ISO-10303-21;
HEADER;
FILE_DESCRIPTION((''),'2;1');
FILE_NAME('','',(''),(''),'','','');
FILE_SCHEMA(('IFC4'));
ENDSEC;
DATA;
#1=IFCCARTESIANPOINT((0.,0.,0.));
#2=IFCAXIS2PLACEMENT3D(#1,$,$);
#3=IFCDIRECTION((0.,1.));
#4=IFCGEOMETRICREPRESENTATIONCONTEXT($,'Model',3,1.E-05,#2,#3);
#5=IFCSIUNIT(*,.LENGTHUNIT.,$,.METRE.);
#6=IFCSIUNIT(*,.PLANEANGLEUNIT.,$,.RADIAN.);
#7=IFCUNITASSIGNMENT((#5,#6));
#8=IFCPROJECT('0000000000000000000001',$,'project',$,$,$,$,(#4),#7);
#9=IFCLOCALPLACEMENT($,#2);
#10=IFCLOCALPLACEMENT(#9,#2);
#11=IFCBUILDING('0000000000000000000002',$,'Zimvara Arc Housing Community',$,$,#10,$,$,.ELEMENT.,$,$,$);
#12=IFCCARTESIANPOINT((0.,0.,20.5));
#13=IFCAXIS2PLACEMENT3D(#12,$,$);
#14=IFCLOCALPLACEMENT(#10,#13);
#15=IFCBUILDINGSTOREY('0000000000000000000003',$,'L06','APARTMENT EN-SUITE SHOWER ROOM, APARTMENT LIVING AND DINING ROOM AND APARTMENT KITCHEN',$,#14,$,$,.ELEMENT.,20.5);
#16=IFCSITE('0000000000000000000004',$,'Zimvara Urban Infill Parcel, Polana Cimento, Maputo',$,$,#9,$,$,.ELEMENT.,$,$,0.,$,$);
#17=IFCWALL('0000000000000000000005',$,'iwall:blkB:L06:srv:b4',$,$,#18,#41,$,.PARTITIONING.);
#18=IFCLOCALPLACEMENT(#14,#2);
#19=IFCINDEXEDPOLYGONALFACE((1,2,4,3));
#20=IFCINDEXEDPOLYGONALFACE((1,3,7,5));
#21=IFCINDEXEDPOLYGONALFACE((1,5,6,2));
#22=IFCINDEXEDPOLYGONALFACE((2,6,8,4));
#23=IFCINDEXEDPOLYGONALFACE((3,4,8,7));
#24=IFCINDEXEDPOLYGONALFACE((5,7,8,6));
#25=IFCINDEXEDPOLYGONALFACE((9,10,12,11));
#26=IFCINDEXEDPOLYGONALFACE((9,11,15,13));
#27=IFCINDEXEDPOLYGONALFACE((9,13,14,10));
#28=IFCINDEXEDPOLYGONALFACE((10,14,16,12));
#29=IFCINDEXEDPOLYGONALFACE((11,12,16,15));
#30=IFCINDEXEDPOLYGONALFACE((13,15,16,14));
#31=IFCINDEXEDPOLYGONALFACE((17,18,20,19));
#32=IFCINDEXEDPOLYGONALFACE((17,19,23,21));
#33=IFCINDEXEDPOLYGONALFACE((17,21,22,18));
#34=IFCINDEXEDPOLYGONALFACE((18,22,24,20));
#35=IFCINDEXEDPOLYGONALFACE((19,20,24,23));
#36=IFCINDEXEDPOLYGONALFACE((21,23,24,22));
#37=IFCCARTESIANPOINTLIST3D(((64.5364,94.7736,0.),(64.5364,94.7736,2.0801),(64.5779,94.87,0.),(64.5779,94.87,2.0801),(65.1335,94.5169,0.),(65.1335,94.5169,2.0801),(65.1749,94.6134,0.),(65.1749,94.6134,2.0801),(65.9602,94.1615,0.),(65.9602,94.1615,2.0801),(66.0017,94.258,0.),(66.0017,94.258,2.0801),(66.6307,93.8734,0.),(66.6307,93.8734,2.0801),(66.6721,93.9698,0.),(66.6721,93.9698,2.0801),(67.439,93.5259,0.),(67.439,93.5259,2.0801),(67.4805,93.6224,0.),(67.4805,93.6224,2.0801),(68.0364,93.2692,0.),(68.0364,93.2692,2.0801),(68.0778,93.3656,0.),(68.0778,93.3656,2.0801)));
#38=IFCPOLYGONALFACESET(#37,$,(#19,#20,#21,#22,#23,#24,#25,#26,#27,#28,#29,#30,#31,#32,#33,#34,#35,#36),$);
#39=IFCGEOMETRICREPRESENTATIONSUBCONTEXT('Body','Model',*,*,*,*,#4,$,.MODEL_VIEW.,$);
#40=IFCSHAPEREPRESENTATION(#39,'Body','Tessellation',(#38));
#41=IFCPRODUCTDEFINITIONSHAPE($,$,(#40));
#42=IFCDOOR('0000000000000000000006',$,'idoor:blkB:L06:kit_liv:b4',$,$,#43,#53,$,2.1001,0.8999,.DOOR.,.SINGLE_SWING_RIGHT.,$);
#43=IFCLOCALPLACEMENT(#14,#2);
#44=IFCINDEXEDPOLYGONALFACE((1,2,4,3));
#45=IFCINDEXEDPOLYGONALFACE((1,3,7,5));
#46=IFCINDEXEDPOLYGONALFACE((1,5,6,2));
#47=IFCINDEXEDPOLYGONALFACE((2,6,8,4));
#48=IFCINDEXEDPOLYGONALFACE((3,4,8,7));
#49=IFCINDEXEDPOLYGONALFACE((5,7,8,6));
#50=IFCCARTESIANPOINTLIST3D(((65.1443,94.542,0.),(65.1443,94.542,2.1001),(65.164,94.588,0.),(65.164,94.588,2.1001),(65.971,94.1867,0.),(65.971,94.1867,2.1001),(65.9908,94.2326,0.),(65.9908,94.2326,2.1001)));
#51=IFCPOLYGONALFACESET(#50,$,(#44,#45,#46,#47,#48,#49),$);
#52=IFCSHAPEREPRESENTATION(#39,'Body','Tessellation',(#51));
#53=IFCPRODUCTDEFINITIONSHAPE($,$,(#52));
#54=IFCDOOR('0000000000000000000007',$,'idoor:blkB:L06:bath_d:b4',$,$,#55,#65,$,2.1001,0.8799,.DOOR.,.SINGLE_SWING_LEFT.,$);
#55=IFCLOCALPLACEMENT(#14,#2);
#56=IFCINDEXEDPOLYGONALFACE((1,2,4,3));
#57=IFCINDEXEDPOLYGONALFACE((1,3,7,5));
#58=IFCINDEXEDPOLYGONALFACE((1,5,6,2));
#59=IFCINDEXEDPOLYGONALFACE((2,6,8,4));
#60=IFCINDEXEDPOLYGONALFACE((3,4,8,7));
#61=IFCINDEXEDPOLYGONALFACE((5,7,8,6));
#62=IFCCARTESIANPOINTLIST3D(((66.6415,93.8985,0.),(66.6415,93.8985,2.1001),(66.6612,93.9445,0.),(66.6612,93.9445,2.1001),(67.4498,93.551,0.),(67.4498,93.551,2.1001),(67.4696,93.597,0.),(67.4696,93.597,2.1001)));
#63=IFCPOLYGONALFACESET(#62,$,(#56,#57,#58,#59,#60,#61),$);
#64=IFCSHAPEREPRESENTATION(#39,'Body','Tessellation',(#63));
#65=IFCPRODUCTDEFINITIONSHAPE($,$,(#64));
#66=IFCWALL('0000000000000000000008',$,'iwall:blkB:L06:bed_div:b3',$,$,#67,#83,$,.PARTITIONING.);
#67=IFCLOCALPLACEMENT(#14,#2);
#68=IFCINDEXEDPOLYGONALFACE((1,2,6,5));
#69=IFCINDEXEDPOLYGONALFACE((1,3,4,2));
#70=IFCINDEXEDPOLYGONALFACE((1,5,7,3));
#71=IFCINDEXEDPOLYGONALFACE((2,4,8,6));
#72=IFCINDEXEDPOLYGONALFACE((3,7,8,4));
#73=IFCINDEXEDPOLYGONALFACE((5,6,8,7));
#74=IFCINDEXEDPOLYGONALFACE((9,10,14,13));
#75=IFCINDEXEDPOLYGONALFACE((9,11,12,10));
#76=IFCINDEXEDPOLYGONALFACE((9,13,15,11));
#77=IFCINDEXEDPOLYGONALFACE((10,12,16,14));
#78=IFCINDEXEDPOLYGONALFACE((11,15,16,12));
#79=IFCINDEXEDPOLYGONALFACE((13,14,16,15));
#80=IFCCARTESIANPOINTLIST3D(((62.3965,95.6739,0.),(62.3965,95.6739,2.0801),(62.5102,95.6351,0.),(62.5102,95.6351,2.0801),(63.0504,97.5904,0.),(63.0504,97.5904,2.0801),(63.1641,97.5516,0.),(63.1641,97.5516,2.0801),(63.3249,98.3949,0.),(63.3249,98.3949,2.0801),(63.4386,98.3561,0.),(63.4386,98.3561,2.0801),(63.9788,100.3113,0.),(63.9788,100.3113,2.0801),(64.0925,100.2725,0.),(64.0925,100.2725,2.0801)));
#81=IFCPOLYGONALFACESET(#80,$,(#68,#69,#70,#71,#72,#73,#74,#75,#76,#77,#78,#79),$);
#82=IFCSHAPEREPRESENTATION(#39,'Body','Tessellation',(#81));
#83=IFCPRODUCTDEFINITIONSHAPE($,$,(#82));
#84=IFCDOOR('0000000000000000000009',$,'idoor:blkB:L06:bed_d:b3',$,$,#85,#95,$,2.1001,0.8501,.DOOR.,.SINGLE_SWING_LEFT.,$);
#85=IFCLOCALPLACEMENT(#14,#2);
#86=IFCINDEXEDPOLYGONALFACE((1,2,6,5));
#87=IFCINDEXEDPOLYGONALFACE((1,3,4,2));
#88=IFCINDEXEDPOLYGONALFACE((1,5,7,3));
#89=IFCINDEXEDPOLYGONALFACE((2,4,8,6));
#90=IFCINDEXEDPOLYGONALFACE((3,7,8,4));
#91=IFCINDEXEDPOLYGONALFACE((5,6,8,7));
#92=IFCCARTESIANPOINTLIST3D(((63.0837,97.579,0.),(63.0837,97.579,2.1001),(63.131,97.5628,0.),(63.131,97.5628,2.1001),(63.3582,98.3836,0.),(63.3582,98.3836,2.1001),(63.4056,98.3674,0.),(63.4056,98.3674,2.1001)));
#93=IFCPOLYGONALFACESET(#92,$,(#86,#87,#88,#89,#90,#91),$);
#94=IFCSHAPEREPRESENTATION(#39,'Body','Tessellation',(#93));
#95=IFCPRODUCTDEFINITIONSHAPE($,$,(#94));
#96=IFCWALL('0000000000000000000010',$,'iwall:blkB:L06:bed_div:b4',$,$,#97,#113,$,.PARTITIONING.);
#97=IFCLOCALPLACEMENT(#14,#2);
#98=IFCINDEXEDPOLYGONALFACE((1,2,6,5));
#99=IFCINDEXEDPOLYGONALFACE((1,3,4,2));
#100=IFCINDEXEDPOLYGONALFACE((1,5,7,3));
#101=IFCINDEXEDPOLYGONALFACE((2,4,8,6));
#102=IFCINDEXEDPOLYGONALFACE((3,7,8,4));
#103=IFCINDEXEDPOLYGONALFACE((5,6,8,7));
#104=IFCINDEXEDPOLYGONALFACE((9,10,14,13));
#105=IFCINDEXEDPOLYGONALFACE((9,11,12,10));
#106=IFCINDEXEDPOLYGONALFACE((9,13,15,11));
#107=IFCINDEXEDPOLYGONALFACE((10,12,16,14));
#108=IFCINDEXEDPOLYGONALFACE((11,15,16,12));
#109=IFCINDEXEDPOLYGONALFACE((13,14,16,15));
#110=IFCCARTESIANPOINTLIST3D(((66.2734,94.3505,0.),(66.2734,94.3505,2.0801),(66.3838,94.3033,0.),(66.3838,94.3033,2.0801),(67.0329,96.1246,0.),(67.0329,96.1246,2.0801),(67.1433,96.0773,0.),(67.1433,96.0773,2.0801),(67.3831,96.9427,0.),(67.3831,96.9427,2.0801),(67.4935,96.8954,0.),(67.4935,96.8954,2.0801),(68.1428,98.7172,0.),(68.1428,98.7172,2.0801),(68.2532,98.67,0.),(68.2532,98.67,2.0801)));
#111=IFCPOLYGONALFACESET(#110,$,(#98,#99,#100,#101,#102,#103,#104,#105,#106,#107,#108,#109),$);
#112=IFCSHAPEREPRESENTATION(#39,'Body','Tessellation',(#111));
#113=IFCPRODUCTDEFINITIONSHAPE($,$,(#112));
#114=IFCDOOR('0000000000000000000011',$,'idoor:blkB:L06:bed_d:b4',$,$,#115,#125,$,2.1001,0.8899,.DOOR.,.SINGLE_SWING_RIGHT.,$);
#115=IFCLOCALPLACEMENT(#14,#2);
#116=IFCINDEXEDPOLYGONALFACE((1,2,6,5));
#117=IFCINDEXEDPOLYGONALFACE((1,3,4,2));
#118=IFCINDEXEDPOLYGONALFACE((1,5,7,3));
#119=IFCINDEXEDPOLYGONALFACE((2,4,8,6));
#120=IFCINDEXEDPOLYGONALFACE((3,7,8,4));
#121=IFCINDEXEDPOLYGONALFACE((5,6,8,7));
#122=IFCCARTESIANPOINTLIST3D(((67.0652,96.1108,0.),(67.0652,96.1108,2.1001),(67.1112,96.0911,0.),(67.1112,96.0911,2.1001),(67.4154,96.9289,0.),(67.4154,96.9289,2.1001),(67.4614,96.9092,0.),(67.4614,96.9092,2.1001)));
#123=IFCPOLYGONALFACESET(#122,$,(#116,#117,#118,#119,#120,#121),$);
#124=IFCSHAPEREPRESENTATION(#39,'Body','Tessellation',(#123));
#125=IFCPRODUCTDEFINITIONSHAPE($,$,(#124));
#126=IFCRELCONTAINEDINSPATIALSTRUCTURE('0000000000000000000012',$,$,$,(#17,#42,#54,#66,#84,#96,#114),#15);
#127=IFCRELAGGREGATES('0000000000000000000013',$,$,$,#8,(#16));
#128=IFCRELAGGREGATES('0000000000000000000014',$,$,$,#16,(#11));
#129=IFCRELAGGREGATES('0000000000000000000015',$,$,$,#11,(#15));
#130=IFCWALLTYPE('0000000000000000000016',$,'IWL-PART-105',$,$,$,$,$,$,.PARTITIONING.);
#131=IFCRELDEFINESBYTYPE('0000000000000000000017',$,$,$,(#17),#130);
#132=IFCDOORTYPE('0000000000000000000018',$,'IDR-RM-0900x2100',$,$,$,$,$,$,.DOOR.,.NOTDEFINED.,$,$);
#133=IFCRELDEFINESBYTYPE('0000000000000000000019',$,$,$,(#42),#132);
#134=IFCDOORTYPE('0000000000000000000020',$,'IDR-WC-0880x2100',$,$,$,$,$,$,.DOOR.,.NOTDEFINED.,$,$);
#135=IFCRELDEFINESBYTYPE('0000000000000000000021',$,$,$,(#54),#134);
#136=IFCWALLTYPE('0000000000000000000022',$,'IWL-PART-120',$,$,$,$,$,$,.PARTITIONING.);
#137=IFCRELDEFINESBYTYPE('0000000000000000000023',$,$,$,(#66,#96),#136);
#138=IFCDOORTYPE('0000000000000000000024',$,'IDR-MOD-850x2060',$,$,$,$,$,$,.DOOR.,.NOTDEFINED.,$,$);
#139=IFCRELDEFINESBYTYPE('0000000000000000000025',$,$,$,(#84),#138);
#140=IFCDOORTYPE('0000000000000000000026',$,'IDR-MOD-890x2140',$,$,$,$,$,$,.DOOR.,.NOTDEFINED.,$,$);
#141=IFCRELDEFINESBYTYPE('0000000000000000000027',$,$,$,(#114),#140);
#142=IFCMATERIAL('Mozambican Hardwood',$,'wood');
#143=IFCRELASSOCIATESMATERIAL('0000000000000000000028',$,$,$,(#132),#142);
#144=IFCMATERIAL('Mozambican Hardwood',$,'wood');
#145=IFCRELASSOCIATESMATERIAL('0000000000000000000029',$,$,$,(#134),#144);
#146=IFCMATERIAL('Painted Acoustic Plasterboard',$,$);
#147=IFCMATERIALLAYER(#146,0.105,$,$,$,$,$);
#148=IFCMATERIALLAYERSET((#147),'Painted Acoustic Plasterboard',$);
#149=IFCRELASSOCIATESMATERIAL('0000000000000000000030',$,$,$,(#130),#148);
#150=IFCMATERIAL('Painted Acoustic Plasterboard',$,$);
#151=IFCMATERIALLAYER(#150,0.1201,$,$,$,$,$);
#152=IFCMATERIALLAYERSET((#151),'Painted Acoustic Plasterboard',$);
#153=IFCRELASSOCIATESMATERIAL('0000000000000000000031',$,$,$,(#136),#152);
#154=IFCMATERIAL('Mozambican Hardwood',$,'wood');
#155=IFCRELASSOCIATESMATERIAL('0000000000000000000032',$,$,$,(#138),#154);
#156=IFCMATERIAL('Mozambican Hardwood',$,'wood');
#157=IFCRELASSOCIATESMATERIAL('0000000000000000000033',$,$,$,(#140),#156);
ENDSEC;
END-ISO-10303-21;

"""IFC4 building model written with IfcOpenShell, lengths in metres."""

from ifc_helpers import new_model, si_unit, direction, frame, frame_2d, origin, place, context, subcontext, project, spatial, rectangle, extrude, material, layer, layer_set, type_object, element, fill, save


model = new_model("IFC4")

# Units and contexts
model_context = context("Model", 3, precision=1e-05, world=origin(), true_north=direction((0.0, 1.0)))
body_context = subcontext(model_context, "Body", "Model", "MODEL_VIEW")
ifc_project = project(units=[si_unit("LENGTHUNIT", "METRE"), si_unit("PLANEANGLEUNIT", "RADIAN")], contexts=[model_context])

# Site, building, storey
site_placement = place(None, origin())
site = spatial("IfcSite", under=ifc_project, at=site_placement, Name="Zimvara Urban Infill Parcel, Polana Cimento, Maputo", CompositionType="ELEMENT", RefElevation=0.0)
building_placement = place(site_placement, origin())
building = spatial("IfcBuilding", under=site, at=building_placement, Name="Zimvara Arc Housing Community", CompositionType="ELEMENT")
storey_placement = place(building_placement, frame((0.0, 0.0, 20.5)))
storey = spatial("IfcBuildingStorey", under=building, at=storey_placement, Name="L06", Description="APARTMENT EN-SUITE SHOWER ROOM, APARTMENT LIVING AND DINING ROOM AND APARTMENT KITCHEN", CompositionType="ELEMENT", Elevation=20.5)

# Wall, openings, doors
ifc_material_1 = material(Name="Mozambican Hardwood", Category="wood")
door_type_1 = type_object("IfcDoorType", Name="IDR-RM-0900x2100", OperationType="NOTDEFINED", PredefinedType="DOOR", material=ifc_material_1)
ifc_material_2 = material(Name="Mozambican Hardwood", Category="wood")
door_type_2 = type_object("IfcDoorType", Name="IDR-WC-0880x2100", OperationType="NOTDEFINED", PredefinedType="DOOR", material=ifc_material_2)
ifc_material_3 = material(Name="Painted Acoustic Plasterboard")
ifc_layer_1 = layer(ifc_material_3, 0.105)
ifc_layer_set_1 = layer_set([ifc_layer_1], Name="Painted Acoustic Plasterboard")
wall_type_1 = type_object("IfcWallType", Name="IWL-PART-105", PredefinedType="PARTITIONING", material=ifc_layer_set_1)
wall_1_placement = place(storey_placement, frame((64.5571, 94.8218, 0.0), z_axis=(0.0, 0.0, 1.0), x_axis=(0.918727, -0.394894, 0.0)))
wall_1 = element("IfcWall", 1, at=wall_1_placement, inside=storey, type_object=wall_type_1, Name="iwall:blkB:L06:srv:b4", PredefinedType="PARTITIONING", context=body_context, shape_type="SweptSolid", body=[
    extrude(rectangle(XDim=3.8096, YDim=0.105, at=frame_2d((1.9048, 0.0))), origin(), (0.0, 0.0, 1.0), 2.0801),
])
opening_1_placement = place(wall_1_placement, frame((0.6499, 0.0, 0.0)))
opening_1 = element("IfcOpeningElement", 2, at=opening_1_placement, cuts=wall_1, PredefinedType="OPENING", context=body_context, shape_type="SweptSolid", body=[
    extrude(rectangle(XDim=0.8999, YDim=2.1001, at=frame_2d((0.45, 1.05))), frame((0.0, 0.0625, 0.0), z_axis=(0.0, -1.0, 0.0), x_axis=(1.0, 0.0, 0.0)), (0.0, 0.0, 1.0), 0.125),
])
opening_2_placement = place(wall_1_placement, frame((2.2795, 0.0, 0.0)))
opening_2 = element("IfcOpeningElement", 3, at=opening_2_placement, cuts=wall_1, PredefinedType="OPENING", context=body_context, shape_type="SweptSolid", body=[
    extrude(rectangle(XDim=0.8799, YDim=2.1001, at=frame_2d((0.4399, 1.05))), frame((0.0, 0.0625, 0.0), z_axis=(0.0, -1.0, 0.0), x_axis=(1.0, 0.0, 0.0)), (0.0, 0.0, 1.0), 0.125),
])
door_1_placement = place(opening_1_placement, origin())
door_1 = element("IfcDoor", 4, at=door_1_placement, inside=storey, type_object=door_type_1, Name="idoor:blkB:L06:kit_liv:b4", OperationType="SINGLE_SWING_RIGHT", OverallHeight=2.1001, OverallWidth=0.8999, PredefinedType="DOOR", context=body_context, shape_type="SweptSolid", body=[
    extrude(rectangle(XDim=0.8999, YDim=2.1001, at=frame_2d((0.45, 1.05))), frame((0.0, 0.0249, 0.0), z_axis=(0.0, -1.0, 0.0), x_axis=(1.0, 0.0, 0.0)), (0.0, 0.0, 1.0), 0.05),
])
fill(opening_1, door_1)
door_2_placement = place(opening_2_placement, origin())
door_2 = element("IfcDoor", 5, at=door_2_placement, inside=storey, type_object=door_type_2, Name="idoor:blkB:L06:bath_d:b4", OperationType="SINGLE_SWING_LEFT", OverallHeight=2.1001, OverallWidth=0.8799, PredefinedType="DOOR", context=body_context, shape_type="SweptSolid", body=[
    extrude(rectangle(XDim=0.8799, YDim=2.1001, at=frame_2d((0.4399, 1.05))), frame((0.0, 0.0249, 0.0), z_axis=(0.0, -1.0, 0.0), x_axis=(1.0, 0.0, 0.0)), (0.0, 0.0, 1.0), 0.05),
])
fill(opening_2, door_2)

# Walls, openings, doors
ifc_material_4 = material(Name="Painted Acoustic Plasterboard")
ifc_layer_2 = layer(ifc_material_4, 0.1201)
ifc_layer_set_2 = layer_set([ifc_layer_2], Name="Painted Acoustic Plasterboard")
wall_type_2 = type_object("IfcWallType", Name="IWL-PART-120", PredefinedType="PARTITIONING", material=ifc_layer_set_2)
wall_2_placement = place(storey_placement, frame((62.4534, 95.6545, 0.0), z_axis=(0.0, 0.0, 1.0), x_axis=(0.322916, 0.946427, 0.0)))
wall_2 = element("IfcWall", 6, at=wall_2_placement, inside=storey, type_object=wall_type_2, Name="iwall:blkB:L06:bed_div:b3", PredefinedType="PARTITIONING", context=body_context, shape_type="SweptSolid", body=[
    extrude(rectangle(XDim=4.8999, YDim=0.1201, at=frame_2d((2.45, 0.0))), origin(), (0.0, 0.0, 1.0), 2.0801),
])
opening_3_placement = place(wall_2_placement, frame((2.0249, 0.0, 0.0)))
opening_3 = element("IfcOpeningElement", 7, at=opening_3_placement, cuts=wall_2, PredefinedType="OPENING", context=body_context, shape_type="SweptSolid", body=[
    extrude(rectangle(XDim=0.8501, YDim=2.1001, at=frame_2d((0.425, 1.05))), frame((0.0, 0.0701, 0.0), z_axis=(0.0, -1.0, 0.0), x_axis=(1.0, 0.0, 0.0)), (0.0, 0.0, 1.0), 0.1401),
])
ifc_material_5 = material(Name="Mozambican Hardwood", Category="wood")
door_type_3 = type_object("IfcDoorType", Name="IDR-MOD-850x2060", OperationType="NOTDEFINED", PredefinedType="DOOR", material=ifc_material_5)
door_3_placement = place(opening_3_placement, origin())
door_3 = element("IfcDoor", 8, at=door_3_placement, inside=storey, type_object=door_type_3, Name="idoor:blkB:L06:bed_d:b3", OperationType="SINGLE_SWING_LEFT", OverallHeight=2.1001, OverallWidth=0.8501, PredefinedType="DOOR", context=body_context, shape_type="SweptSolid", body=[
    extrude(rectangle(XDim=0.8501, YDim=2.1001, at=frame_2d((0.425, 1.05))), frame((0.0, 0.0249, 0.0), z_axis=(0.0, -1.0, 0.0), x_axis=(1.0, 0.0, 0.0)), (0.0, 0.0, 1.0), 0.05),
])
fill(opening_3, door_3)
wall_3_placement = place(storey_placement, frame((66.3286, 94.3269, 0.0), z_axis=(0.0, 0.0, 1.0), x_axis=(0.393553, 0.919302, 0.0)))
wall_3 = element("IfcWall", 9, at=wall_3_placement, inside=storey, type_object=wall_type_2, Name="iwall:blkB:L06:bed_div:b4", PredefinedType="PARTITIONING", context=body_context, shape_type="SweptSolid", body=[
    extrude(rectangle(XDim=4.75, YDim=0.1201, at=frame_2d((2.375, 0.0))), origin(), (0.0, 0.0, 1.0), 2.0801),
])
opening_4_placement = place(wall_3_placement, frame((1.9299, 0.0, 0.0)))
opening_4 = element("IfcOpeningElement", 10, at=opening_4_placement, cuts=wall_3, PredefinedType="OPENING", context=body_context, shape_type="SweptSolid", body=[
    extrude(rectangle(XDim=0.8899, YDim=2.1001, at=frame_2d((0.4448, 1.05))), frame((0.0, 0.0701, 0.0), z_axis=(0.0, -1.0, 0.0), x_axis=(1.0, 0.0, 0.0)), (0.0, 0.0, 1.0), 0.1401),
])
ifc_material_6 = material(Name="Mozambican Hardwood", Category="wood")
door_type_4 = type_object("IfcDoorType", Name="IDR-MOD-890x2140", OperationType="NOTDEFINED", PredefinedType="DOOR", material=ifc_material_6)
door_4_placement = place(opening_4_placement, origin())
door_4 = element("IfcDoor", 11, at=door_4_placement, inside=storey, type_object=door_type_4, Name="idoor:blkB:L06:bed_d:b4", OperationType="SINGLE_SWING_RIGHT", OverallHeight=2.1001, OverallWidth=0.8899, PredefinedType="DOOR", context=body_context, shape_type="SweptSolid", body=[
    extrude(rectangle(XDim=0.8899, YDim=2.1001, at=frame_2d((0.4448, 1.05))), frame((0.0, 0.0249, 0.0), z_axis=(0.0, -1.0, 0.0), x_axis=(1.0, 0.0, 0.0)), (0.0, 0.0, 1.0), 0.05),
])
fill(opening_4, door_4)

save(model, "model.ifc")
